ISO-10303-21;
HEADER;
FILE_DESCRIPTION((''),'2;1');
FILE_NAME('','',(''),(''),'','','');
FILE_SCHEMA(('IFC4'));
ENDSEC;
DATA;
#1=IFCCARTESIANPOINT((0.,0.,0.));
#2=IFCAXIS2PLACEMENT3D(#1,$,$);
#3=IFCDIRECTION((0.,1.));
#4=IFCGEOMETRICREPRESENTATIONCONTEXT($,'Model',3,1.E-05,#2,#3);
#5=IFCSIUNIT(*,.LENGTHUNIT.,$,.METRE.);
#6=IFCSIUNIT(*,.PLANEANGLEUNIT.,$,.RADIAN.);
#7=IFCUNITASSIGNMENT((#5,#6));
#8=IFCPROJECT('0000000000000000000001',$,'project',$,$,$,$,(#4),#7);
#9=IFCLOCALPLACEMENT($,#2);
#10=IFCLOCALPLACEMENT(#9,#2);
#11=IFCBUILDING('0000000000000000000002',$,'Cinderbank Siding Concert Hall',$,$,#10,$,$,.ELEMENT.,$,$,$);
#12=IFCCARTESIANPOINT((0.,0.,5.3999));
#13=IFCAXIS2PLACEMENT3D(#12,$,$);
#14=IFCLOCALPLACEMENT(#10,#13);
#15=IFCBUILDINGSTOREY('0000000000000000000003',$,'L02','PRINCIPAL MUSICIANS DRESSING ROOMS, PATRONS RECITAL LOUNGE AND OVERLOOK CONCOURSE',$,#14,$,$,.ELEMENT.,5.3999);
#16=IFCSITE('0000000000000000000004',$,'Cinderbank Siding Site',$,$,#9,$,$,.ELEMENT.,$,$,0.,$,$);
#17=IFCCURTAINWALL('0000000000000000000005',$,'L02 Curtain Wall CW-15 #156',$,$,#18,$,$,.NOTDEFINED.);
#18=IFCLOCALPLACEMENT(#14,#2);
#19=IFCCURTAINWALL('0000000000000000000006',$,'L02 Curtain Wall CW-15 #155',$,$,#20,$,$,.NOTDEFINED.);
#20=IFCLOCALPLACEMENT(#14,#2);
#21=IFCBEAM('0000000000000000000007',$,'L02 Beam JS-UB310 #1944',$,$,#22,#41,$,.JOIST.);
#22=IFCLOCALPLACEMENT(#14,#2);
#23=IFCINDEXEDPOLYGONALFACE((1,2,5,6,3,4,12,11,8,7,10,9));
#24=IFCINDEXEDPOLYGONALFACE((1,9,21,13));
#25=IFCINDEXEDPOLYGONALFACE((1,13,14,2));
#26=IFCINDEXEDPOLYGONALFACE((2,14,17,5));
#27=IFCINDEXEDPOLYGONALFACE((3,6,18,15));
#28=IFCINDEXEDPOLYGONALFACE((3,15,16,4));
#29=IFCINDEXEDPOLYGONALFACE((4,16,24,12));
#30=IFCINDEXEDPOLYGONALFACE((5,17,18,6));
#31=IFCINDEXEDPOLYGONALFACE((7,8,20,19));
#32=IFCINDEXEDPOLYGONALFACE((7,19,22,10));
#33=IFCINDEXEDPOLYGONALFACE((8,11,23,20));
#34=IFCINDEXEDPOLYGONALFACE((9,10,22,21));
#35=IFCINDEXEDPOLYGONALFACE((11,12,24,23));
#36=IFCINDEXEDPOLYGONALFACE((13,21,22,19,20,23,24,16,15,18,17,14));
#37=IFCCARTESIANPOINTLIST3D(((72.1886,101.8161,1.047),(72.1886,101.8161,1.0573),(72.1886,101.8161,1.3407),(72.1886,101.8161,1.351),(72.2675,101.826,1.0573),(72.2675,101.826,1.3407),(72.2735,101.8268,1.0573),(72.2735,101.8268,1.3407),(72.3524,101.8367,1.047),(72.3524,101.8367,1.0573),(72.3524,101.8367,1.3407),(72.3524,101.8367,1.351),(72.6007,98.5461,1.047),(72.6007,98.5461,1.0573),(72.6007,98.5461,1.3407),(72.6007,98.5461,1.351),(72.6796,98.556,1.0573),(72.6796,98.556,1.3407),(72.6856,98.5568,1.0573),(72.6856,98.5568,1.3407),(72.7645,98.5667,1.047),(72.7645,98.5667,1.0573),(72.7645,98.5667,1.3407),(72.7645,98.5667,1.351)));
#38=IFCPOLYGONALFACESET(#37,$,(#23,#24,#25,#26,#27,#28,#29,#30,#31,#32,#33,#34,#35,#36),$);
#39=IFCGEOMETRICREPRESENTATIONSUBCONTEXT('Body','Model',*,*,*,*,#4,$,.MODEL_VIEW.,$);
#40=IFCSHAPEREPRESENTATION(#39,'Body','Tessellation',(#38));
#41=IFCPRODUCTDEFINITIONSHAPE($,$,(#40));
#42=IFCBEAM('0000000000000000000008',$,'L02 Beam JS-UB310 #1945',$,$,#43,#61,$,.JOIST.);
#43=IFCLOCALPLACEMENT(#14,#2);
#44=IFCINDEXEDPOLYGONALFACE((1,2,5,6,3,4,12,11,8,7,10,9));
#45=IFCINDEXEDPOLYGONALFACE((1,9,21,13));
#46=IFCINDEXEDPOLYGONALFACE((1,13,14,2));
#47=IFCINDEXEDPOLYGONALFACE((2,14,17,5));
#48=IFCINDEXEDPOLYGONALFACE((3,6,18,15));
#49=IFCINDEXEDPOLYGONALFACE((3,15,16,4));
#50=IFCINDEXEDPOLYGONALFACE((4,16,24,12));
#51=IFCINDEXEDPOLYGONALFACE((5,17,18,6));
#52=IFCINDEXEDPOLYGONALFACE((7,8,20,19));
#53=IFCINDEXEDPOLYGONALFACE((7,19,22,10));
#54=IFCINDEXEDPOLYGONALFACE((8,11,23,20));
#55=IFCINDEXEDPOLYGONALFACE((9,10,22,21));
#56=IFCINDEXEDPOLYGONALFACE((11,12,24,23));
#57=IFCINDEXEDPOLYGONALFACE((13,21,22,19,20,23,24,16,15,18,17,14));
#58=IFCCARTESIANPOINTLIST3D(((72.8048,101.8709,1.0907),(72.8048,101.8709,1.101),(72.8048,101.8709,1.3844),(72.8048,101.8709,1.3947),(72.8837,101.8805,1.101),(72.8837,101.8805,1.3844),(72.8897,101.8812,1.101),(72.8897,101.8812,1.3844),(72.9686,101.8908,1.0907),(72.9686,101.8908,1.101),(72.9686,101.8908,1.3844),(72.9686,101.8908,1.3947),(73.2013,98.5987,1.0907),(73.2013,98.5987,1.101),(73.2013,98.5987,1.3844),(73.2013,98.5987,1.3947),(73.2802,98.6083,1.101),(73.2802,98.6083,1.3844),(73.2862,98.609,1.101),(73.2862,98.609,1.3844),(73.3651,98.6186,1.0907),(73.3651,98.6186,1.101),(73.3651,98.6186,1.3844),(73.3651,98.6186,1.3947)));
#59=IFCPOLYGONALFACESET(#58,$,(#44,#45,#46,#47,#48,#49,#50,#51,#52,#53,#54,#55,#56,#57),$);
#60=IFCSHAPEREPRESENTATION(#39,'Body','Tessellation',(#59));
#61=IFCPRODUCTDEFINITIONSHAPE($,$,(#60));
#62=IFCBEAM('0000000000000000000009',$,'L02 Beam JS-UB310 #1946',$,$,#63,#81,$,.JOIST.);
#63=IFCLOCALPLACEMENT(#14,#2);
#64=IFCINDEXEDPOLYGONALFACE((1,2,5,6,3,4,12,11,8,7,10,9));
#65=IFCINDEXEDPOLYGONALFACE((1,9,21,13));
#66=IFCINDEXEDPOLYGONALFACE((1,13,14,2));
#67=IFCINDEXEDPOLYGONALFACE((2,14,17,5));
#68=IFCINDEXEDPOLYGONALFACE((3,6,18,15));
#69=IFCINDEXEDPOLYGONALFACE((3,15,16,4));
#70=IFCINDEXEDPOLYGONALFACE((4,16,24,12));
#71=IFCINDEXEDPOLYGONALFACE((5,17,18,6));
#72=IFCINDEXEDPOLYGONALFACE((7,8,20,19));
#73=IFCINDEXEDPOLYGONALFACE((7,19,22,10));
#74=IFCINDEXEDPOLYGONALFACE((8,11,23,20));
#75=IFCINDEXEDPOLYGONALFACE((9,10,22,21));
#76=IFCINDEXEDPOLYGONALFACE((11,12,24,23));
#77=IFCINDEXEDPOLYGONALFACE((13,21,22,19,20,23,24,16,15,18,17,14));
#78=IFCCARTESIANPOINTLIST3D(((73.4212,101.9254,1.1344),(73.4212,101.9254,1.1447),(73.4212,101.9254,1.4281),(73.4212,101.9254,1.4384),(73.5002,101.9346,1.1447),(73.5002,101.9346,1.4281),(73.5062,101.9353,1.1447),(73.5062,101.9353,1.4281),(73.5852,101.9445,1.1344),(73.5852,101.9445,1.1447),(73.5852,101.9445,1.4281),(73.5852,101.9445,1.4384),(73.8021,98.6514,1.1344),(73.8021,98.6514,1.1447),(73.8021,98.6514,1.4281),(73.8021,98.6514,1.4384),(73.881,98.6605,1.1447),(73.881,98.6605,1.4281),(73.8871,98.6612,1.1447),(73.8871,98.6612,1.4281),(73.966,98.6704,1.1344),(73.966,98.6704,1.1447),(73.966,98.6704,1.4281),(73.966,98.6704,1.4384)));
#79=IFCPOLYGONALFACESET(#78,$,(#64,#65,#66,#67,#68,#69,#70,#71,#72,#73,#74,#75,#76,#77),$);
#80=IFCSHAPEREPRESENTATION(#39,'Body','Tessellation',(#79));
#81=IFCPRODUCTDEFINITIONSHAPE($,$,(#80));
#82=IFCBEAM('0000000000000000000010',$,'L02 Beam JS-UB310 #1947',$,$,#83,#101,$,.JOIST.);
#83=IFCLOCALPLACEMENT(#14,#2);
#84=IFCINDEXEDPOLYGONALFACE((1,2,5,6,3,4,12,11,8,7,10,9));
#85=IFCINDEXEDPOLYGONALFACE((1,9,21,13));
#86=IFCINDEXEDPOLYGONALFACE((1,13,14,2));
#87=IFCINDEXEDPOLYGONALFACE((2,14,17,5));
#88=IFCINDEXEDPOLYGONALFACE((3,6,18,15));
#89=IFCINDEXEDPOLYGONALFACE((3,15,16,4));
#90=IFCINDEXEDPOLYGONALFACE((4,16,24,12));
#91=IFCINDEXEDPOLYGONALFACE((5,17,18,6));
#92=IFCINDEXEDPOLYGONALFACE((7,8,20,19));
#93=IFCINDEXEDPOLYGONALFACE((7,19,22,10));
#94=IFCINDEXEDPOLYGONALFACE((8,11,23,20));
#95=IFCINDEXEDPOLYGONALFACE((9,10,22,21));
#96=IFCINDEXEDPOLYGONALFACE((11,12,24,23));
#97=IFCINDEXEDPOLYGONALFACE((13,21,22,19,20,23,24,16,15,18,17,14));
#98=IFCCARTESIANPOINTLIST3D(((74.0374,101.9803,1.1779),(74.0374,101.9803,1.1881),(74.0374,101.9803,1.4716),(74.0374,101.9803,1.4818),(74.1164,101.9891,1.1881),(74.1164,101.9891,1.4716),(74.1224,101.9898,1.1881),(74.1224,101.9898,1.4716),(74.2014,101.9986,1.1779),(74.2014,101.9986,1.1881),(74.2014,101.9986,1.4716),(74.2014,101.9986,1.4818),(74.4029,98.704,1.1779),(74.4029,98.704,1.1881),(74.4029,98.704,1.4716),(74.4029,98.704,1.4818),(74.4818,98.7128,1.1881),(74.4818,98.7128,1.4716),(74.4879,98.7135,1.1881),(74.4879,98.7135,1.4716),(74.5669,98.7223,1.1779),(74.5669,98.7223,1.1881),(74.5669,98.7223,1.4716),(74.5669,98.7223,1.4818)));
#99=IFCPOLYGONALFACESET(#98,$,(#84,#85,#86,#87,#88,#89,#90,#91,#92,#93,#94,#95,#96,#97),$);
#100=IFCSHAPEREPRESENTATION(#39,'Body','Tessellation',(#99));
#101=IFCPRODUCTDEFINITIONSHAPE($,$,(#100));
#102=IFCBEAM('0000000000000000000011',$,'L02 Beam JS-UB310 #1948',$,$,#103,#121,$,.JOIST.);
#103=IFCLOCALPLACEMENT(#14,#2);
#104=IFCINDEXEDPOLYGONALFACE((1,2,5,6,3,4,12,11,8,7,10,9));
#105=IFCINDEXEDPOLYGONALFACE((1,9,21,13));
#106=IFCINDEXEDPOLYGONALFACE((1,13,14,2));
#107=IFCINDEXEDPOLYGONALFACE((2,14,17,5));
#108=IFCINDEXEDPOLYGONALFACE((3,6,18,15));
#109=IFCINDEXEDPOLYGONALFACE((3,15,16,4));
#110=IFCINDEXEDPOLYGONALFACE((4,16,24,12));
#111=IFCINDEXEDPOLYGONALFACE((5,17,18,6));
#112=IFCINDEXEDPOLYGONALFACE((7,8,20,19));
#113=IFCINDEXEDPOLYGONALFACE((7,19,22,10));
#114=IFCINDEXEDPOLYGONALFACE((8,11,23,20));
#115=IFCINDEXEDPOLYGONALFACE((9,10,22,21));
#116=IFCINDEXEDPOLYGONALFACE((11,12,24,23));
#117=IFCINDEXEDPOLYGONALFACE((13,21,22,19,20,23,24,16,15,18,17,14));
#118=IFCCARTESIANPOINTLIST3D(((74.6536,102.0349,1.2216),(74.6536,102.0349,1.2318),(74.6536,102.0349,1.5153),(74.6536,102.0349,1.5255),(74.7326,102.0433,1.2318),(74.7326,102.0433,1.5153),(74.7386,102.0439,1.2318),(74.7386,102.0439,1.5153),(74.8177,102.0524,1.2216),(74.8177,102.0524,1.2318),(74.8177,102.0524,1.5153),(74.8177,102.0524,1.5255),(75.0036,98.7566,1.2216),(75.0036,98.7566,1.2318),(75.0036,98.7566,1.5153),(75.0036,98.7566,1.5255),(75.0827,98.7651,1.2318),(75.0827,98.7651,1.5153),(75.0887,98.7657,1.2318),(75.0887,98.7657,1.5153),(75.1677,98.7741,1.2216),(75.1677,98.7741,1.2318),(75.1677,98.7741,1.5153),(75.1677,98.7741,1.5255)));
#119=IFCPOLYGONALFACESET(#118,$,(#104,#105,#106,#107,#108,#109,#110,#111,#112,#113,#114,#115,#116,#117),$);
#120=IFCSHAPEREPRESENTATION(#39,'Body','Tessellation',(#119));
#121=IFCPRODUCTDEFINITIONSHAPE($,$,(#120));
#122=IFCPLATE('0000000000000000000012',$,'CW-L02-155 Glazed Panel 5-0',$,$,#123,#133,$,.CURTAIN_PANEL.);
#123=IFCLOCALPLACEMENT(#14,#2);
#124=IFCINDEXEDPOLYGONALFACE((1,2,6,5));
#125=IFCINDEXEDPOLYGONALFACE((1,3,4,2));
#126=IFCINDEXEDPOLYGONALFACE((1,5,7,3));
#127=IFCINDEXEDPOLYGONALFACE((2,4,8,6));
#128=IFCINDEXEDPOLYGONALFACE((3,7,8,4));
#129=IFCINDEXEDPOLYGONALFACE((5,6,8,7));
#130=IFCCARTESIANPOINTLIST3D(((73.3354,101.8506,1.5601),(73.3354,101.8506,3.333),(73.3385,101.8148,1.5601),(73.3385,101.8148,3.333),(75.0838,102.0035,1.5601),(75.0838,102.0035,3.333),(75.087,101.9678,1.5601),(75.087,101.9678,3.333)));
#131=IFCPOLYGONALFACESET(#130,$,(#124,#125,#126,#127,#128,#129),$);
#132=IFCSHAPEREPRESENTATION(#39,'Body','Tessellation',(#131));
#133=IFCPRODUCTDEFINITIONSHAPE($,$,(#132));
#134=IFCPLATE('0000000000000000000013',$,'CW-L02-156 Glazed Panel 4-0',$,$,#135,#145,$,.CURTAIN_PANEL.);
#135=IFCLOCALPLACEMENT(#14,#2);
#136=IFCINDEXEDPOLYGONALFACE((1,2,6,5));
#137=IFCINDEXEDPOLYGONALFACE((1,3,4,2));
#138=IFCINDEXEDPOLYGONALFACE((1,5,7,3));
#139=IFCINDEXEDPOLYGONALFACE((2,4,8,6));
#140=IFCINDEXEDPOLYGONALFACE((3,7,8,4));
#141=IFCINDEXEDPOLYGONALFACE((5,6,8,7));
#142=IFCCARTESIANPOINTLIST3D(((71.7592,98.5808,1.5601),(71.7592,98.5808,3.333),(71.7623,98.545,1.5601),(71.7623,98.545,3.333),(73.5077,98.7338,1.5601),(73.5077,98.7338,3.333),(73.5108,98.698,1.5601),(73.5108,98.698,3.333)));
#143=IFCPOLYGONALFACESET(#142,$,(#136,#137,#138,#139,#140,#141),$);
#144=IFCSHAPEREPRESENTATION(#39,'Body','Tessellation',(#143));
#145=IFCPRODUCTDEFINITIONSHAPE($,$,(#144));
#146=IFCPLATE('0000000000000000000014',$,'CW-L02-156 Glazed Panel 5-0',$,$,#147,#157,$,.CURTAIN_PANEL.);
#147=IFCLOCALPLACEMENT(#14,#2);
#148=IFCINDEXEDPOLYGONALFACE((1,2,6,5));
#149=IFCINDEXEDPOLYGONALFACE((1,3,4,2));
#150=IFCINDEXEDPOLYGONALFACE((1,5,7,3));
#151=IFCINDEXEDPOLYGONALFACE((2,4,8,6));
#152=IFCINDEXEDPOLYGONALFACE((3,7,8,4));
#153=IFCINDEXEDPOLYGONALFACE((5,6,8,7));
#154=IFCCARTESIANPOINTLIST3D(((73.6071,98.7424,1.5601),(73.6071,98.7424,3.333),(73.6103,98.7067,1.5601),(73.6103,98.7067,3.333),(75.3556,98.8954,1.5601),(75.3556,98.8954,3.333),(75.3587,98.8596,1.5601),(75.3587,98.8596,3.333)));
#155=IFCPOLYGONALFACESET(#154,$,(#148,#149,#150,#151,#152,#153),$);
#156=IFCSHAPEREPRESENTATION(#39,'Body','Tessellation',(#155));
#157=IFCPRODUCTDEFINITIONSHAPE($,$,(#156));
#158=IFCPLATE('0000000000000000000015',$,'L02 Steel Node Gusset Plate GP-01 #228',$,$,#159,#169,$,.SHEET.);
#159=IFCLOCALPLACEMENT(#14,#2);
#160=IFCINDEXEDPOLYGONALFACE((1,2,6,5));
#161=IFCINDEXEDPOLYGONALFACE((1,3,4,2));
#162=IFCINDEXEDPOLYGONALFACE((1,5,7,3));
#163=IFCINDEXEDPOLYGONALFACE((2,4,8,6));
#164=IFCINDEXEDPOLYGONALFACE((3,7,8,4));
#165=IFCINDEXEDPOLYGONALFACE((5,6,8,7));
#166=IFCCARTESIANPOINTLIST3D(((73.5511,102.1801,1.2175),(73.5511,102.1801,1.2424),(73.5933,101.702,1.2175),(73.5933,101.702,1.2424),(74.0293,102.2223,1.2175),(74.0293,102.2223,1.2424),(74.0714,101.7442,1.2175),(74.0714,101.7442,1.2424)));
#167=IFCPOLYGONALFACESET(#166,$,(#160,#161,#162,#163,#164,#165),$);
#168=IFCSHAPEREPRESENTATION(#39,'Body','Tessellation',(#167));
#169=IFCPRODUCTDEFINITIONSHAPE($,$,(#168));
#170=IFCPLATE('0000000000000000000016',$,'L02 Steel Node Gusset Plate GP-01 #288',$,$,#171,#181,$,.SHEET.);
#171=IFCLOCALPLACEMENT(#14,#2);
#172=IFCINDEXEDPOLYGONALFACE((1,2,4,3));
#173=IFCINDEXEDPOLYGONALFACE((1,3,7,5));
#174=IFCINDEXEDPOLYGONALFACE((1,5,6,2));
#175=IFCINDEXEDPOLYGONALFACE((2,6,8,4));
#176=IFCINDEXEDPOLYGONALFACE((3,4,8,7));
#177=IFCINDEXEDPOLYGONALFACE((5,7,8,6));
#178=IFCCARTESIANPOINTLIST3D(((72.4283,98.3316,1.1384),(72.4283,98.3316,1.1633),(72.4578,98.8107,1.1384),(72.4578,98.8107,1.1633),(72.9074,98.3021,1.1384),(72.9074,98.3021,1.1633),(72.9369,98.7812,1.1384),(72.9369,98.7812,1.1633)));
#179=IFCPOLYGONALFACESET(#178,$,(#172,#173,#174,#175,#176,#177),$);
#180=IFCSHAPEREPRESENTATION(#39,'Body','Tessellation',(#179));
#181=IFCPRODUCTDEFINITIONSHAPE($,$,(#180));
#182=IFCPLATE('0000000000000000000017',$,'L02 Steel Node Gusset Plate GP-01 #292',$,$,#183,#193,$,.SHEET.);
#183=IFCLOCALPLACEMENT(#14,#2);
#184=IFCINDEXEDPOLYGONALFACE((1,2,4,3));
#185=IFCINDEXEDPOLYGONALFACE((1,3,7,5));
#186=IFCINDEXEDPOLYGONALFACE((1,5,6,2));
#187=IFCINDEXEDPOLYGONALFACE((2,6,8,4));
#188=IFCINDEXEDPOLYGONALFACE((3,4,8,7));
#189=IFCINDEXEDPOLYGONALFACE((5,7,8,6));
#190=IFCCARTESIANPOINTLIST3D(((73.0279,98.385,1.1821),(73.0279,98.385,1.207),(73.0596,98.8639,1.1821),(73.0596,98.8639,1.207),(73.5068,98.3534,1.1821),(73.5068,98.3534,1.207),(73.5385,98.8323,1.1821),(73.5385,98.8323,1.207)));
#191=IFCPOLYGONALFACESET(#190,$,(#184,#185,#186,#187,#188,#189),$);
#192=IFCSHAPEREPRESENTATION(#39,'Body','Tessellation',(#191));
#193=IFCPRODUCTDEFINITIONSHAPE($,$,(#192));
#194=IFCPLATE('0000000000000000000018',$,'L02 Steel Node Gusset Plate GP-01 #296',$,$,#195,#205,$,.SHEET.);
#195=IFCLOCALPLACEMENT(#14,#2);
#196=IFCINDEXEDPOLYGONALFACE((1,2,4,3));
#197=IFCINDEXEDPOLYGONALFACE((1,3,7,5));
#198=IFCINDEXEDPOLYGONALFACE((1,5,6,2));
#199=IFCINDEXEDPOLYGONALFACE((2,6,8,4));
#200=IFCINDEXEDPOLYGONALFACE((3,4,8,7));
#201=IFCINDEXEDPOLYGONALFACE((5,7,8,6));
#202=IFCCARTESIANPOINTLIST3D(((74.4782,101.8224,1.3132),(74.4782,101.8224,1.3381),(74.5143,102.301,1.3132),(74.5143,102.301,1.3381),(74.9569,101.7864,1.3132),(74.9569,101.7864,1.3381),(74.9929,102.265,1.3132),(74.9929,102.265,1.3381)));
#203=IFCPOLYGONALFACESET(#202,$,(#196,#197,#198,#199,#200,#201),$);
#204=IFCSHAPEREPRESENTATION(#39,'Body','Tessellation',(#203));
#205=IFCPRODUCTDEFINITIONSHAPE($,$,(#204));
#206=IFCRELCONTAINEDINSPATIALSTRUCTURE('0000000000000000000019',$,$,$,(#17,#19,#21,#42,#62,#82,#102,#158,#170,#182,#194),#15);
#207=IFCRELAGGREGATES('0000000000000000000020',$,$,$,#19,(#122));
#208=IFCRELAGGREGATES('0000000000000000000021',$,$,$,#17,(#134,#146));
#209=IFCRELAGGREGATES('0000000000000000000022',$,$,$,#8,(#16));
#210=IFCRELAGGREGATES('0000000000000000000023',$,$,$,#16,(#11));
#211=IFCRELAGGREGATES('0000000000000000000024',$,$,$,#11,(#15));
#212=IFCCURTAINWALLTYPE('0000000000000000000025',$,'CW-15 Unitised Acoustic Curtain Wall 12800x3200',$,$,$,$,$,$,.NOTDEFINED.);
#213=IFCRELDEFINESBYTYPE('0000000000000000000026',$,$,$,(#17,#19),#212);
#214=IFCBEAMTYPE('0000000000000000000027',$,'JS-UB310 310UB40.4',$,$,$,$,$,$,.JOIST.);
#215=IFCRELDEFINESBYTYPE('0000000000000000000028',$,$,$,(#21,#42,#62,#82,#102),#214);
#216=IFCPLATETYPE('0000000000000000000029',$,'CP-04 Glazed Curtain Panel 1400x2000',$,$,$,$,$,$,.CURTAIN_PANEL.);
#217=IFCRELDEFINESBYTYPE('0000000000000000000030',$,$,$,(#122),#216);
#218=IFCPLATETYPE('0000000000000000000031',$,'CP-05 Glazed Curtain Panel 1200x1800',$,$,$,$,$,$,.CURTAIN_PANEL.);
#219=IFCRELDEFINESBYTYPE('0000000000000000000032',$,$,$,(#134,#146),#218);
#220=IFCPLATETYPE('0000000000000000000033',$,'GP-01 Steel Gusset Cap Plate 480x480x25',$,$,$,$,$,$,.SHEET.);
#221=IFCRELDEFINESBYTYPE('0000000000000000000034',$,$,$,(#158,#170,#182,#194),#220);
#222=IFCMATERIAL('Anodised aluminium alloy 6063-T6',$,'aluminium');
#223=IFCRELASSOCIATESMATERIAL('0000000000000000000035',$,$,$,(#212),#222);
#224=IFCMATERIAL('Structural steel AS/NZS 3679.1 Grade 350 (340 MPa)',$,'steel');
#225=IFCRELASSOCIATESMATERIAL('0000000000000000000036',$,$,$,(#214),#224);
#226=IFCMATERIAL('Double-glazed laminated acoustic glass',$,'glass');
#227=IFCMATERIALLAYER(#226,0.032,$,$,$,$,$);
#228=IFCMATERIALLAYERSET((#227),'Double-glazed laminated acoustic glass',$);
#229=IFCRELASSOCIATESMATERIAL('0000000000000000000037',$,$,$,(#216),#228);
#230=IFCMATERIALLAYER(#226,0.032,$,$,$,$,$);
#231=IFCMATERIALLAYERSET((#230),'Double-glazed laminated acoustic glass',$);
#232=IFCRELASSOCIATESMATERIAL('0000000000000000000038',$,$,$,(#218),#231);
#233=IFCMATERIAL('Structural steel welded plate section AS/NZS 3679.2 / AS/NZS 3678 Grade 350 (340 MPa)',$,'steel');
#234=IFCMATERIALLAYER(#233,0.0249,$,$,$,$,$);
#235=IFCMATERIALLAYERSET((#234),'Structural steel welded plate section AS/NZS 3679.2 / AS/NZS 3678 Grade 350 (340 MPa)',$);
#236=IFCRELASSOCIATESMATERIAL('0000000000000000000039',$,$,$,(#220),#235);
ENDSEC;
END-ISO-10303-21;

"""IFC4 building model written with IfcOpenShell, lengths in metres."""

from ifc_helpers import new_model, si_unit, direction, frame, origin, origin_2d, place, context, subcontext, project, spatial, rectangle, i_section, extrude, material, layer, layer_set, material_profile, profile_set, type_object, element, aggregate, save


model = new_model("IFC4")

# Units and contexts
model_context = context("Model", 3, precision=1e-05, world=origin(), true_north=direction((0.0, 1.0)))
body_context = subcontext(model_context, "Body", "Model", "MODEL_VIEW")
ifc_project = project(units=[si_unit("LENGTHUNIT", "METRE"), si_unit("PLANEANGLEUNIT", "RADIAN")], contexts=[model_context])

# Site, building, storey
site_placement = place(None, origin())
site = spatial("IfcSite", under=ifc_project, at=site_placement, Name="Cinderbank Siding Site", CompositionType="ELEMENT", RefElevation=0.0)
building_placement = place(site_placement, origin())
building = spatial("IfcBuilding", under=site, at=building_placement, Name="Cinderbank Siding Concert Hall", CompositionType="ELEMENT")
storey_placement = place(building_placement, frame((0.0, 0.0, 5.3999)))
storey = spatial("IfcBuildingStorey", under=building, at=storey_placement, Name="L02", Description="PRINCIPAL MUSICIANS DRESSING ROOMS, PATRONS RECITAL LOUNGE AND OVERLOOK CONCOURSE", CompositionType="ELEMENT", Elevation=5.3999)

# Curtain wall
ifc_material_1 = material(Name="Anodised aluminium alloy 6063-T6", Category="aluminium")
curtain_wall_type = type_object("IfcCurtainWallType", Name="CW-15 Unitised Acoustic Curtain Wall 12800x3200", PredefinedType="NOTDEFINED", material=ifc_material_1)
curtain_wall_1_placement = place(storey_placement, origin())
curtain_wall_1 = element("IfcCurtainWall", 1, at=curtain_wall_1_placement, inside=storey, type_object=curtain_wall_type, Name="L02 Curtain Wall CW-15 #156", PredefinedType="NOTDEFINED")

# Curtain wall
curtain_wall_2_placement = place(storey_placement, origin())
curtain_wall_2 = element("IfcCurtainWall", 2, at=curtain_wall_2_placement, inside=storey, type_object=curtain_wall_type, Name="L02 Curtain Wall CW-15 #155", PredefinedType="NOTDEFINED")

# Beams
ifc_material_2 = material(Name="Structural steel AS/NZS 3679.1 Grade 350 (340 MPa)", Category="steel")
ifc_material_profile_1 = material_profile(ifc_material_2, i_section(OverallWidth=0.165, OverallDepth=0.304, WebThickness=0.0061, FlangeThickness=0.0103, at=origin_2d()), Name="310UB40.4", Category="LoadBearing")
ifc_profile_set_1 = profile_set([ifc_material_profile_1], Name="Structural steel AS/NZS 3679.1 Grade 350 (340 MPa)")
beam_type = type_object("IfcBeamType", Name="JS-UB310 310UB40.4", PredefinedType="JOIST", material=ifc_profile_set_1)
beam_1_placement = place(storey_placement, frame((72.6826, 98.5564, 1.199), z_axis=(-0.125038, 0.992152, 0.0), x_axis=(-0.992152, -0.125038, 0.0)))
element("IfcBeam", 3, at=beam_1_placement, inside=storey, type_object=beam_type, Name="L02 Beam JS-UB310 #1944", PredefinedType="JOIST", context=body_context, shape_type="SweptSolid", body=[
    extrude(i_section(OverallWidth=0.165, OverallDepth=0.304, WebThickness=0.0061, FlangeThickness=0.0103, at=origin_2d()), origin(), (0.0, 0.0, 1.0), 3.2959),
])
for number, where, z_axis, x_axis, name in (
    (4, (73.2832, 98.6086, 1.2427), (-0.120287, 0.992739, 0.0), (-0.992739, -0.120287, 0.0), "L02 Beam JS-UB310 #1945"),
    (5, (73.884, 98.6609, 1.2864), (-0.115543, 0.993302, 0.0), (-0.993302, -0.115543, 0.0), "L02 Beam JS-UB310 #1946"),
):
    element("IfcBeam", number, at=place(storey_placement, frame(where, z_axis=z_axis, x_axis=x_axis)), inside=storey, type_object=beam_type, Name=name, PredefinedType="JOIST", context=body_context, shape_type="SweptSolid", body=[
        extrude(i_section(OverallWidth=0.165, OverallDepth=0.304, WebThickness=0.0061, FlangeThickness=0.0103, at=origin_2d()), origin(), (0.0, 0.0, 1.0), 3.2961),
    ])
beam_2_placement = place(storey_placement, frame((74.4849, 98.7131, 1.3298), z_axis=(-0.110862, 0.993836, 0.0), x_axis=(-0.993836, -0.110862, 0.0)))
element("IfcBeam", 6, at=beam_2_placement, inside=storey, type_object=beam_type, Name="L02 Beam JS-UB310 #1947", PredefinedType="JOIST", context=body_context, shape_type="SweptSolid", body=[
    extrude(i_section(OverallWidth=0.165, OverallDepth=0.304, WebThickness=0.0061, FlangeThickness=0.0103, at=origin_2d()), origin(), (0.0, 0.0, 1.0), 3.2966),
])
beam_3_placement = place(storey_placement, frame((75.0857, 98.7654, 1.3735), z_axis=(-0.106188, 0.994346, 0.0), x_axis=(-0.994346, -0.106188, 0.0)))
element("IfcBeam", 7, at=beam_3_placement, inside=storey, type_object=beam_type, Name="L02 Beam JS-UB310 #1948", PredefinedType="JOIST", context=body_context, shape_type="SweptSolid", body=[
    extrude(i_section(OverallWidth=0.165, OverallDepth=0.304, WebThickness=0.0061, FlangeThickness=0.0103, at=origin_2d()), origin(), (0.0, 0.0, 1.0), 3.2969),
])

# Plates
ifc_material_3 = material(Name="Double-glazed laminated acoustic glass", Category="glass")
ifc_layer_1 = layer(ifc_material_3, 0.032)
ifc_layer_set_1 = layer_set([ifc_layer_1], Name="Double-glazed laminated acoustic glass")
plate_type_1 = type_object("IfcPlateType", Name="CP-04 Glazed Curtain Panel 1400x2000", PredefinedType="CURTAIN_PANEL", material=ifc_layer_set_1)
plate_1_placement = place(storey_placement, frame((74.2112, 101.9092, 1.5601), z_axis=(0.0, 0.0, 1.0), x_axis=(0.996195, 0.087157, 0.0)))
plate_1 = element("IfcPlate", 8, at=plate_1_placement, type_object=plate_type_1, Name="CW-L02-155 Glazed Panel 5-0", PredefinedType="CURTAIN_PANEL", context=body_context, shape_type="SweptSolid", body=[
    extrude(rectangle(XDim=1.7551, YDim=0.0359, at=origin_2d()), origin(), (0.0, 0.0, 1.0), 1.7729),
])
aggregate(curtain_wall_2, [plate_1])
ifc_layer_2 = layer(ifc_material_3, 0.032)
ifc_layer_set_2 = layer_set([ifc_layer_2], Name="Double-glazed laminated acoustic glass")
plate_type_2 = type_object("IfcPlateType", Name="CP-05 Glazed Curtain Panel 1200x1800", PredefinedType="CURTAIN_PANEL", material=ifc_layer_set_2)
plate_2_placement = place(storey_placement, frame((72.635, 98.6394, 1.5601), z_axis=(0.0, 0.0, 1.0), x_axis=(0.996195, 0.087157, 0.0)))
plate_2 = element("IfcPlate", 9, at=plate_2_placement, type_object=plate_type_2, Name="CW-L02-156 Glazed Panel 4-0", PredefinedType="CURTAIN_PANEL", context=body_context, shape_type="SweptSolid", body=[
    extrude(rectangle(XDim=1.7551, YDim=0.0359, at=origin_2d()), origin(), (0.0, 0.0, 1.0), 1.7729),
])
plate_3_placement = place(storey_placement, frame((74.4829, 98.801, 1.5601), z_axis=(0.0, 0.0, 1.0), x_axis=(0.996195, 0.087157, 0.0)))
plate_3 = element("IfcPlate", 10, at=plate_3_placement, type_object=plate_type_2, Name="CW-L02-156 Glazed Panel 5-0", PredefinedType="CURTAIN_PANEL", context=body_context, shape_type="SweptSolid", body=[
    extrude(rectangle(XDim=1.7551, YDim=0.0359, at=origin_2d()), origin(), (0.0, 0.0, 1.0), 1.7729),
])
aggregate(curtain_wall_1, [plate_2, plate_3])

# Plates
ifc_material_4 = material(Name="Structural steel welded plate section AS/NZS 3679.2 / AS/NZS 3678 Grade 350 (340 MPa)", Category="steel")
ifc_layer_3 = layer(ifc_material_4, 0.0249)
ifc_layer_set_3 = layer_set([ifc_layer_3], Name="Structural steel welded plate section AS/NZS 3679.2 / AS/NZS 3678 Grade 350 (340 MPa)")
plate_type_3 = type_object("IfcPlateType", Name="GP-01 Steel Gusset Cap Plate 480x480x25", PredefinedType="SHEET", material=ifc_layer_set_3)
for number, where, z_axis, x_axis, name in (
    (11, (73.8113, 101.9622, 1.2175), (0.0, 0.0, 1.0), (0.996134, 0.087851, 0.0), "L02 Steel Node Gusset Plate GP-01 #228"),
    (12, (72.6826, 98.5564, 1.1384), (0.0, 0.0, 1.0), (0.061397, 0.998113, 0.0), "L02 Steel Node Gusset Plate GP-01 #288"),
    (13, (73.2832, 98.6086, 1.1821), (0.0, 0.0, 1.0), (0.065926, 0.997825, 0.0), "L02 Steel Node Gusset Plate GP-01 #292"),
    (14, (74.7356, 102.0437, 1.3132), (0.0, 0.0, 1.0), (0.075153, 0.997172, 0.0), "L02 Steel Node Gusset Plate GP-01 #296"),
):
    element("IfcPlate", number, at=place(storey_placement, frame(where, z_axis=z_axis, x_axis=x_axis)), inside=storey, type_object=plate_type_3, Name=name, PredefinedType="SHEET", context=body_context, shape_type="SweptSolid", body=[
        extrude(rectangle(XDim=0.48, YDim=0.48, at=origin_2d()), origin(), (0.0, 0.0, 1.0), 0.0249),
    ])

save(model, "model.ifc")
